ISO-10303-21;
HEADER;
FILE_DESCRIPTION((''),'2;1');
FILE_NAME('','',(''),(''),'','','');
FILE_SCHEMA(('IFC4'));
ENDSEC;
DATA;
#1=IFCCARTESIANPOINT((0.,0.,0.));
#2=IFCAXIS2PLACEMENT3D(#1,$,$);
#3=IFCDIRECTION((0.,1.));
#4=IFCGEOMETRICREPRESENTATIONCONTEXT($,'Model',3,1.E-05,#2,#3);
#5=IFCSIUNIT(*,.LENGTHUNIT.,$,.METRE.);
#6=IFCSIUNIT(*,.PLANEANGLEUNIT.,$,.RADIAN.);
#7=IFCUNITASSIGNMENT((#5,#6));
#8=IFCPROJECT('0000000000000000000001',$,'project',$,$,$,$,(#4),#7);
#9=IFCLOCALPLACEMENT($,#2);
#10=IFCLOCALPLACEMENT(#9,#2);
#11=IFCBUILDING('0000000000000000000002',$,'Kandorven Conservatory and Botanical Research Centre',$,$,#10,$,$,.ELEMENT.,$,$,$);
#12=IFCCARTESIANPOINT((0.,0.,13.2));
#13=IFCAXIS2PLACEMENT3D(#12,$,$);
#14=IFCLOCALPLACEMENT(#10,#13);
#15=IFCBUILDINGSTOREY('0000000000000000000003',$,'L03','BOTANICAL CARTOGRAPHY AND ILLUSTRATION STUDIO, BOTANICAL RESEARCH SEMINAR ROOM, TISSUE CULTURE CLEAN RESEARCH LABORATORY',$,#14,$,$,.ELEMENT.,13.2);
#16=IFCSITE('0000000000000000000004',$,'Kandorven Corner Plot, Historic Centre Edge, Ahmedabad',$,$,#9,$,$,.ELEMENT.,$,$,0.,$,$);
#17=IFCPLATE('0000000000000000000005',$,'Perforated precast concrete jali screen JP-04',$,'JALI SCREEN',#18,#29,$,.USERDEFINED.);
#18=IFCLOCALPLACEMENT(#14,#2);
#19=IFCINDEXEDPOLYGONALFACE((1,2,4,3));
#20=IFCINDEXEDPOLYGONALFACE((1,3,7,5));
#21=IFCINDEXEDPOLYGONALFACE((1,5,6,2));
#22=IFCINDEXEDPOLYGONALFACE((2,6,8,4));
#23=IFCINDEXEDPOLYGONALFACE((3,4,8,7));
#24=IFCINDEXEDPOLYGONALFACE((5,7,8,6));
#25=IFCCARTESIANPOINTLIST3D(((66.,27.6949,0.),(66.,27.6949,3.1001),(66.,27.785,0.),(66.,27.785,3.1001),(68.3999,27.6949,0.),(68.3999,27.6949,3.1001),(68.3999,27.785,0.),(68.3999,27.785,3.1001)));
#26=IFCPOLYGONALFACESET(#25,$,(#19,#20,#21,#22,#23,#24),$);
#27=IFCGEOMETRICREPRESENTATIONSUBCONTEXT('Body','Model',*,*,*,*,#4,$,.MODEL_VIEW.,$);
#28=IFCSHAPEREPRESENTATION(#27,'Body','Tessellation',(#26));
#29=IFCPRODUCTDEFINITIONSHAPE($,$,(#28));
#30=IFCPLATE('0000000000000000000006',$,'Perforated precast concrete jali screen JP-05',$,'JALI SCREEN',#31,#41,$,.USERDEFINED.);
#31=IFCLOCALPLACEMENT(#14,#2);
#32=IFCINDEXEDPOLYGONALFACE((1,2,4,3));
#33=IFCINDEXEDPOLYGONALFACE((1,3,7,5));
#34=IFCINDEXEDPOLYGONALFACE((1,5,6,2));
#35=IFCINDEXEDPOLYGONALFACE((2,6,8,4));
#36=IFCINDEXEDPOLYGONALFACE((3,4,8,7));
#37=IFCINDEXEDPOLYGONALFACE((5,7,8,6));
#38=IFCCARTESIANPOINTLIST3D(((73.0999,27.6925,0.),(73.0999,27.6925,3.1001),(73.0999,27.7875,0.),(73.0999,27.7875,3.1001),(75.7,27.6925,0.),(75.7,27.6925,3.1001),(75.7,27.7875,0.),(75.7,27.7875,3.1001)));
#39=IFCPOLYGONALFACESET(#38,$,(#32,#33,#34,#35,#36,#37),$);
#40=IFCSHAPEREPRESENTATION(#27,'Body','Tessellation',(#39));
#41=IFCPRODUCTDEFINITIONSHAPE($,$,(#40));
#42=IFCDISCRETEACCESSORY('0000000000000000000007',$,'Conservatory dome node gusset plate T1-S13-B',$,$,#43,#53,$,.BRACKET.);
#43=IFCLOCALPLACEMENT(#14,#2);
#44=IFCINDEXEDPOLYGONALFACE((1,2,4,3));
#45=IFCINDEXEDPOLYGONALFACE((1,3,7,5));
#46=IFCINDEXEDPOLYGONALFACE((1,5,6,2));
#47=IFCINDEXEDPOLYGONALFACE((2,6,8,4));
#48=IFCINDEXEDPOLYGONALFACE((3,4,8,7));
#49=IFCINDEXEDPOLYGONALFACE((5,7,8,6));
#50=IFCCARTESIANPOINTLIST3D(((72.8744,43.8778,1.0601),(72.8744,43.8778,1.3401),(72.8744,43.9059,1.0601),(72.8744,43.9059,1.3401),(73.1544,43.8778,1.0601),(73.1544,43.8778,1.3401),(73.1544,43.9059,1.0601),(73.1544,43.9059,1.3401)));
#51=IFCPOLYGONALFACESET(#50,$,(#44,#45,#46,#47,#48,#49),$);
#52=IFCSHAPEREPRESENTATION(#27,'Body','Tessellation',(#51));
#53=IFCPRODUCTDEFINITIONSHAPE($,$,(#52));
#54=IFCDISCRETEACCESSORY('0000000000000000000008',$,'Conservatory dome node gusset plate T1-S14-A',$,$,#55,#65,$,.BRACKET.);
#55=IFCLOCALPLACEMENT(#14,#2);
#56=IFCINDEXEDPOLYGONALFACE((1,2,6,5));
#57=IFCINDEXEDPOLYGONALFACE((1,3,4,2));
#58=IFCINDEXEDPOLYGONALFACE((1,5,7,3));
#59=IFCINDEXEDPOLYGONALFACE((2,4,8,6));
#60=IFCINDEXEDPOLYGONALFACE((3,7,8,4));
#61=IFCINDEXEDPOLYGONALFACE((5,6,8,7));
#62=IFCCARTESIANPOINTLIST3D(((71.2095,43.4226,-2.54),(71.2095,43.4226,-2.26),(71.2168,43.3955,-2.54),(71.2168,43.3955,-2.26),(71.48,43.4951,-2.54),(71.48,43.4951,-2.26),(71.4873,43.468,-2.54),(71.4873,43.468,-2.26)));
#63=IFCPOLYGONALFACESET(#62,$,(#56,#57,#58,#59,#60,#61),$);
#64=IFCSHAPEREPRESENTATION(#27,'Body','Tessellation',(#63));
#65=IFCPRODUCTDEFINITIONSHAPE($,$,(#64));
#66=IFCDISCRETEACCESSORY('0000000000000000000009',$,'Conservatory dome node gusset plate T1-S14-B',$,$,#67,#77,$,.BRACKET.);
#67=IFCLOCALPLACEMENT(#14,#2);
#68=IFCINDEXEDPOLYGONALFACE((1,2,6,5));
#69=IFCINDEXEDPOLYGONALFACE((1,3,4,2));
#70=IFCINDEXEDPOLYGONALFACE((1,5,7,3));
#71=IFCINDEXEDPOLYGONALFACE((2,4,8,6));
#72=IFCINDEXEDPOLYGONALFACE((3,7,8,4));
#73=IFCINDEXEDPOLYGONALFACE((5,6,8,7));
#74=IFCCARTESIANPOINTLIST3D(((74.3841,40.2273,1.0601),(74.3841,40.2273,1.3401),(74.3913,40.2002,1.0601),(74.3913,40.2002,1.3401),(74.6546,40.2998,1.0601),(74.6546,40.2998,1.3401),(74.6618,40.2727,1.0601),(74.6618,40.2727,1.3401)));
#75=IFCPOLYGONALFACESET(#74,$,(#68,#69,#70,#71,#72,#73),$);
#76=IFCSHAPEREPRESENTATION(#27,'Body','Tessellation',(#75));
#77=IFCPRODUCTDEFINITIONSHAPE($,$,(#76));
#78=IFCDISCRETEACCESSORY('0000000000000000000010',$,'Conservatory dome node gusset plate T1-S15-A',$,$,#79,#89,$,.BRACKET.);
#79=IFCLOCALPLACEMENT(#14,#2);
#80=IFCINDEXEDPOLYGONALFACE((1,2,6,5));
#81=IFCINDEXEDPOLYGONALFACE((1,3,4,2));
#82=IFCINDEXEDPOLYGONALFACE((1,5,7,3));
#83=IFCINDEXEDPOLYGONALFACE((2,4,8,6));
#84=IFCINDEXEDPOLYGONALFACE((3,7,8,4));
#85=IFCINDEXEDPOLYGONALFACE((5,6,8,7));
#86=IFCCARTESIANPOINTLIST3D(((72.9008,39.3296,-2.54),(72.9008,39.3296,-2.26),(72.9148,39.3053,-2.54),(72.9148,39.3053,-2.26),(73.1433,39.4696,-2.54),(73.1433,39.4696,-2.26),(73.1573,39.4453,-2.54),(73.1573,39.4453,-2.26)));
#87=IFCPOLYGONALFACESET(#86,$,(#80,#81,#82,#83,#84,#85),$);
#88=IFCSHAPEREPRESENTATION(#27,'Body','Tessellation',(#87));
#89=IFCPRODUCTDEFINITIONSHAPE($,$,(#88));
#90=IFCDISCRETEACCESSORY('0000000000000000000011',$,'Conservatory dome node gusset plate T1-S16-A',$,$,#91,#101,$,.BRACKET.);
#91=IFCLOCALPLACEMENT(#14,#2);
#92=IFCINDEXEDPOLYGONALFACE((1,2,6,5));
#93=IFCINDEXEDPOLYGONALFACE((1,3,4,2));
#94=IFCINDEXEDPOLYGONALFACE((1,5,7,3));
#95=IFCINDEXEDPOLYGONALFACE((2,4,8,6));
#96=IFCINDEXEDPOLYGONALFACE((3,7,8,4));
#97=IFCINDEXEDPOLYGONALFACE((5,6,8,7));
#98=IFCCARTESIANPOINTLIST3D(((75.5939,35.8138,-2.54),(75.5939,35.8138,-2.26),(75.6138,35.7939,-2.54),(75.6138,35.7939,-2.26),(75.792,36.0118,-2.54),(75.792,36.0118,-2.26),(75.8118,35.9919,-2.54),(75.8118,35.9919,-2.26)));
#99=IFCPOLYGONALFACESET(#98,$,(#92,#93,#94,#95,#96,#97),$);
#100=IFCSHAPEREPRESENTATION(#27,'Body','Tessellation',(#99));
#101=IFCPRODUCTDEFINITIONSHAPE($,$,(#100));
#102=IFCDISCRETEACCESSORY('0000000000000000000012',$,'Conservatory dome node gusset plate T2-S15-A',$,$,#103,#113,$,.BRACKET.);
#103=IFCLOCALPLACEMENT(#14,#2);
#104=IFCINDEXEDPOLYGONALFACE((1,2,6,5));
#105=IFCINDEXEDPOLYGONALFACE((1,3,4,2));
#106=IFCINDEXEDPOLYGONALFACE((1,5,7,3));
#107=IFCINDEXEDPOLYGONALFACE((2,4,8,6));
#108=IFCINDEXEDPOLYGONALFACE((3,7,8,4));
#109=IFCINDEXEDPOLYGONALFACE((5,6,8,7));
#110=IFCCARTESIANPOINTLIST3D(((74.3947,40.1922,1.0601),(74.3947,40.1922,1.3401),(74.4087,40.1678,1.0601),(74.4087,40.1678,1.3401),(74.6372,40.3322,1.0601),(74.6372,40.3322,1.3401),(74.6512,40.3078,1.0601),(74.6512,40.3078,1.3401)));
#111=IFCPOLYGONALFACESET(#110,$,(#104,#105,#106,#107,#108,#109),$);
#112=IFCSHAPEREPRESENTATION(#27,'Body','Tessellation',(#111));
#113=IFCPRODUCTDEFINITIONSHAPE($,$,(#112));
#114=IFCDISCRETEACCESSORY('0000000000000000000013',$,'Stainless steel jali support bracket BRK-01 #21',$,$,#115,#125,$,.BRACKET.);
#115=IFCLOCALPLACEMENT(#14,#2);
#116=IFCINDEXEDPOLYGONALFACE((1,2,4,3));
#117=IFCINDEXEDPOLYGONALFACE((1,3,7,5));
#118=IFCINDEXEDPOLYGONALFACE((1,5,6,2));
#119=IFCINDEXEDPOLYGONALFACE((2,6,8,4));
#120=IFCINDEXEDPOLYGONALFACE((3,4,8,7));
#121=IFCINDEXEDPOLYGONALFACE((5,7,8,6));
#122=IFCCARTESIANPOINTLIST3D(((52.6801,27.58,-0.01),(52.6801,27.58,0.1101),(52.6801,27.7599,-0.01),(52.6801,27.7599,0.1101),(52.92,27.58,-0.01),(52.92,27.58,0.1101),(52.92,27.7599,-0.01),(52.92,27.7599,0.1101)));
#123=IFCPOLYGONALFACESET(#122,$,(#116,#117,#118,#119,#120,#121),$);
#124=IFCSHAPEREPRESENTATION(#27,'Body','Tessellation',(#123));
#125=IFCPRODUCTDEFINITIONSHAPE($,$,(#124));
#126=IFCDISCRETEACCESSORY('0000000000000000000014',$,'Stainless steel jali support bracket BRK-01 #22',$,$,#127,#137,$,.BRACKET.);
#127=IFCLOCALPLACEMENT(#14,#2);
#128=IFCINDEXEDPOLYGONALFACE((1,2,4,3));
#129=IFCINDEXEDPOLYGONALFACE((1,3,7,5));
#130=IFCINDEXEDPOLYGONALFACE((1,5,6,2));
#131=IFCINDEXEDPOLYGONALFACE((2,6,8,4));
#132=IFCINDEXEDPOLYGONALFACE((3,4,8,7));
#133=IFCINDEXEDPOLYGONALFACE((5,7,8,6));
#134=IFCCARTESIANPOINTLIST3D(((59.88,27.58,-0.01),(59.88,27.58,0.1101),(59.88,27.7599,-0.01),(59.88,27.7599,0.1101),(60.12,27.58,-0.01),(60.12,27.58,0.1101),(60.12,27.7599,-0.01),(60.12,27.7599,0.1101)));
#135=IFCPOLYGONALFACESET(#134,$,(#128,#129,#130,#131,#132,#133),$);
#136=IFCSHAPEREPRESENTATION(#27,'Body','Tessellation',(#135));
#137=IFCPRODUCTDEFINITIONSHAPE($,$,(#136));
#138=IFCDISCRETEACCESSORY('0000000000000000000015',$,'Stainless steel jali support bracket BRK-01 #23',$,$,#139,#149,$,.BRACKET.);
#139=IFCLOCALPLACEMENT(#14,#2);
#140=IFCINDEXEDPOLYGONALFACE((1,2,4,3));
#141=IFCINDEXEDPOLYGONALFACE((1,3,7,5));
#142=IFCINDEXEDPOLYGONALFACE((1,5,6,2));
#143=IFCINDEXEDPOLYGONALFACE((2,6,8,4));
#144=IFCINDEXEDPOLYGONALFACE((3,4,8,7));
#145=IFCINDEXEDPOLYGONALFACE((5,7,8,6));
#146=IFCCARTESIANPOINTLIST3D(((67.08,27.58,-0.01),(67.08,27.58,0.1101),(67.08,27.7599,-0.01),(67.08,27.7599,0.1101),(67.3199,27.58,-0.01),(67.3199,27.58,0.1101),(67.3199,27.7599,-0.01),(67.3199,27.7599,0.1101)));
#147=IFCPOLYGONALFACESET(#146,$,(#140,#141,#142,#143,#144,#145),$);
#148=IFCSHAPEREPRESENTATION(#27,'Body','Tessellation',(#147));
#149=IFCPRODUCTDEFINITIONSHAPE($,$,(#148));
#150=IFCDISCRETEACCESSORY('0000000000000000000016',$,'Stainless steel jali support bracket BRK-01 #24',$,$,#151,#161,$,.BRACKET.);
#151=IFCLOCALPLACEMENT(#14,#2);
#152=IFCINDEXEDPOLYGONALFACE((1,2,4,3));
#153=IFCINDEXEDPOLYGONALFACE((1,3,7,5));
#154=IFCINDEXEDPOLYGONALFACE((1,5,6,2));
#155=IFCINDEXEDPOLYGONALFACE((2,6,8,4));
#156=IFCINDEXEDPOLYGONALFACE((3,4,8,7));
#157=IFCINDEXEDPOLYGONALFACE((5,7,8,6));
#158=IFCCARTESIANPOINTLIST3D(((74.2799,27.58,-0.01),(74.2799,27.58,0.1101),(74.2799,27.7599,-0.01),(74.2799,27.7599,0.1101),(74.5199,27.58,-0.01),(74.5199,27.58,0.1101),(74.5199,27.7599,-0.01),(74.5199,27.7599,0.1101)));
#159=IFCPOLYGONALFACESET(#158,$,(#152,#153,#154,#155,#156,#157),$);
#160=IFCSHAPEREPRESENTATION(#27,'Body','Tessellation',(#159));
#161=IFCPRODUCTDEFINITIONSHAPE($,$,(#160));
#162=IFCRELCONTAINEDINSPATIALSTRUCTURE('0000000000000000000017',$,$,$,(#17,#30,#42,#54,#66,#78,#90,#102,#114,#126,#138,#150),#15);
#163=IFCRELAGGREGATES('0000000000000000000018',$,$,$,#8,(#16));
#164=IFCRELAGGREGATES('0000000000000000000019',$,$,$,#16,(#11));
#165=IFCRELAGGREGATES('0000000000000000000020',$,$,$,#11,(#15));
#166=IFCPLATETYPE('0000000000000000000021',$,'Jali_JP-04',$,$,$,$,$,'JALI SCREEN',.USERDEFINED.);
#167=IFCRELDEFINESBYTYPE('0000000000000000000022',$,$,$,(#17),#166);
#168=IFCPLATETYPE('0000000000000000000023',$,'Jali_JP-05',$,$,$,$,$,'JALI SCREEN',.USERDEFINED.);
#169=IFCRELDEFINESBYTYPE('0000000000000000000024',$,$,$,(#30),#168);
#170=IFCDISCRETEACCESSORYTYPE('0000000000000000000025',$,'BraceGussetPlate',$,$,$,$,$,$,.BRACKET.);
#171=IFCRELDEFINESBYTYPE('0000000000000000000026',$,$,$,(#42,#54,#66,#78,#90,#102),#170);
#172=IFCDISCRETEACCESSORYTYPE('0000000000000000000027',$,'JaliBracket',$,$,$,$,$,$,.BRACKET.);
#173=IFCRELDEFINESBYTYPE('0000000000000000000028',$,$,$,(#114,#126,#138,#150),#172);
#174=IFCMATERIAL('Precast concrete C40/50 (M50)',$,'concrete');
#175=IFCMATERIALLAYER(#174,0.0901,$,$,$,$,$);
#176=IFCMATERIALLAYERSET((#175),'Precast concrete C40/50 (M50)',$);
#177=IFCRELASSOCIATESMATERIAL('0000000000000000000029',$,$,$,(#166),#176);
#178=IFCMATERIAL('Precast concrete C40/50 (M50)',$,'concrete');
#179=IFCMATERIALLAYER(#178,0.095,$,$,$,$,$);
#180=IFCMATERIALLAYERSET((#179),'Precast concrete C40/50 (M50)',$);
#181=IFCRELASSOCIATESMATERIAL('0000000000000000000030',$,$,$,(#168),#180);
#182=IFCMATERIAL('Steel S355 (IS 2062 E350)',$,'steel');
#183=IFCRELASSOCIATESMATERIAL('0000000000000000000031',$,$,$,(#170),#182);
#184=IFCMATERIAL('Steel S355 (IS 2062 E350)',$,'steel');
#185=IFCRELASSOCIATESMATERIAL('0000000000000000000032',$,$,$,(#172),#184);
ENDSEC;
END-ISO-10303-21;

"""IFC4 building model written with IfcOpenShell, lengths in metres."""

from ifc_helpers import new_model, si_unit, direction, frame, origin, origin_2d, place, context, subcontext, project, spatial, rectangle, extrude, material, layer, layer_set, type_object, element, save


model = new_model("IFC4")

# Units and contexts
model_context = context("Model", 3, precision=1e-05, world=origin(), true_north=direction((0.0, 1.0)))
body_context = subcontext(model_context, "Body", "Model", "MODEL_VIEW")
ifc_project = project(units=[si_unit("LENGTHUNIT", "METRE"), si_unit("PLANEANGLEUNIT", "RADIAN")], contexts=[model_context])

# Site, building, storey
site_placement = place(None, origin())
site = spatial("IfcSite", under=ifc_project, at=site_placement, Name="Kandorven Corner Plot, Historic Centre Edge, Ahmedabad", CompositionType="ELEMENT", RefElevation=0.0)
building_placement = place(site_placement, origin())
building = spatial("IfcBuilding", under=site, at=building_placement, Name="Kandorven Conservatory and Botanical Research Centre", CompositionType="ELEMENT")
storey_placement = place(building_placement, frame((0.0, 0.0, 13.2)))
storey = spatial("IfcBuildingStorey", under=building, at=storey_placement, Name="L03", Description="BOTANICAL CARTOGRAPHY AND ILLUSTRATION STUDIO, BOTANICAL RESEARCH SEMINAR ROOM, TISSUE CULTURE CLEAN RESEARCH LABORATORY", CompositionType="ELEMENT", Elevation=13.2)

# Plates
ifc_material_1 = material(Name="Precast concrete C40/50 (M50)", Category="concrete")
ifc_layer_1 = layer(ifc_material_1, 0.0901)
ifc_layer_set_1 = layer_set([ifc_layer_1], Name="Precast concrete C40/50 (M50)")
plate_type_1 = type_object("IfcPlateType", Name="Jali_JP-04", ElementType="JALI SCREEN", PredefinedType="USERDEFINED", material=ifc_layer_set_1)
plate_1_placement = place(storey_placement, frame((67.2, 27.74, 0.0), z_axis=(0.0, 0.0, 1.0), x_axis=(1.0, 0.0, 0.0)))
element("IfcPlate", 1, at=plate_1_placement, inside=storey, type_object=plate_type_1, Name="Perforated precast concrete jali screen JP-04", ObjectType="JALI SCREEN", PredefinedType="USERDEFINED", context=body_context, shape_type="SweptSolid", body=[
    extrude(rectangle(XDim=2.3999, YDim=0.0901, at=origin_2d()), origin(), (0.0, 0.0, 1.0), 3.1001),
])
ifc_material_2 = material(Name="Precast concrete C40/50 (M50)", Category="concrete")
ifc_layer_2 = layer(ifc_material_2, 0.095)
ifc_layer_set_2 = layer_set([ifc_layer_2], Name="Precast concrete C40/50 (M50)")
plate_type_2 = type_object("IfcPlateType", Name="Jali_JP-05", ElementType="JALI SCREEN", PredefinedType="USERDEFINED", material=ifc_layer_set_2)
plate_2_placement = place(storey_placement, frame((74.3999, 27.74, 0.0), z_axis=(0.0, 0.0, 1.0), x_axis=(1.0, 0.0, 0.0)))
element("IfcPlate", 2, at=plate_2_placement, inside=storey, type_object=plate_type_2, Name="Perforated precast concrete jali screen JP-05", ObjectType="JALI SCREEN", PredefinedType="USERDEFINED", context=body_context, shape_type="SweptSolid", body=[
    extrude(rectangle(XDim=2.6001, YDim=0.095, at=origin_2d()), origin(), (0.0, 0.0, 1.0), 3.1001),
])

# Discrete accessories
ifc_material_3 = material(Name="Steel S355 (IS 2062 E350)", Category="steel")
discrete_accessory_type_1 = type_object("IfcDiscreteAccessoryType", Name="BraceGussetPlate", PredefinedType="BRACKET", material=ifc_material_3)
for number, where, z_axis, x_axis, name in (
    (3, (73.0144, 43.8918, 1.0601), (0.0, 0.0, 1.0), (-1.0, 0.0, 0.0), "Conservatory dome node gusset plate T1-S13-B"),
    (4, (71.3484, 43.4453, -2.54), (0.0, 0.0, 1.0), (-0.965926, -0.258819, 0.0), "Conservatory dome node gusset plate T1-S14-A"),
    (5, (74.5229, 40.25, 1.0601), (0.0, 0.0, 1.0), (-0.965926, -0.258819, 0.0), "Conservatory dome node gusset plate T1-S14-B"),
    (6, (73.0291, 39.3875, -2.54), (0.0, 0.0, 1.0), (-0.866025, -0.5, 0.0), "Conservatory dome node gusset plate T1-S15-A"),
    (7, (75.7029, 35.9028, -2.54), (0.0, 0.0, 1.0), (-0.707107, -0.707107, 0.0), "Conservatory dome node gusset plate T1-S16-A"),
    (8, (74.5229, 40.25, 1.0601), (0.0, 0.0, 1.0), (-0.866025, -0.5, 0.0), "Conservatory dome node gusset plate T2-S15-A"),
):
    element("IfcDiscreteAccessory", number, at=place(storey_placement, frame(where, z_axis=z_axis, x_axis=x_axis)), inside=storey, type_object=discrete_accessory_type_1, Name=name, PredefinedType="BRACKET", context=body_context, shape_type="SweptSolid", body=[
        extrude(rectangle(XDim=0.28, YDim=0.0281, at=origin_2d()), origin(), (0.0, 0.0, 1.0), 0.28),
    ])
ifc_material_4 = material(Name="Steel S355 (IS 2062 E350)", Category="steel")
discrete_accessory_type_2 = type_object("IfcDiscreteAccessoryType", Name="JaliBracket", PredefinedType="BRACKET", material=ifc_material_4)
for number, where, z_axis, x_axis, name in (
    (9, (52.8, 27.6699, -0.01), (0.0, 0.0, 1.0), (1.0, 0.0, 0.0), "Stainless steel jali support bracket BRK-01 #21"),
    (10, (60.0, 27.6699, -0.01), (0.0, 0.0, 1.0), (1.0, 0.0, 0.0), "Stainless steel jali support bracket BRK-01 #22"),
    (11, (67.2, 27.6699, -0.01), (0.0, 0.0, 1.0), (1.0, 0.0, 0.0), "Stainless steel jali support bracket BRK-01 #23"),
    (12, (74.3999, 27.6699, -0.01), (0.0, 0.0, 1.0), (1.0, 0.0, 0.0), "Stainless steel jali support bracket BRK-01 #24"),
):
    element("IfcDiscreteAccessory", number, at=place(storey_placement, frame(where, z_axis=z_axis, x_axis=x_axis)), inside=storey, type_object=discrete_accessory_type_2, Name=name, PredefinedType="BRACKET", context=body_context, shape_type="SweptSolid", body=[
        extrude(rectangle(XDim=0.24, YDim=0.1799, at=origin_2d()), origin(), (0.0, 0.0, 1.0), 0.1201),
    ])

save(model, "model.ifc")
